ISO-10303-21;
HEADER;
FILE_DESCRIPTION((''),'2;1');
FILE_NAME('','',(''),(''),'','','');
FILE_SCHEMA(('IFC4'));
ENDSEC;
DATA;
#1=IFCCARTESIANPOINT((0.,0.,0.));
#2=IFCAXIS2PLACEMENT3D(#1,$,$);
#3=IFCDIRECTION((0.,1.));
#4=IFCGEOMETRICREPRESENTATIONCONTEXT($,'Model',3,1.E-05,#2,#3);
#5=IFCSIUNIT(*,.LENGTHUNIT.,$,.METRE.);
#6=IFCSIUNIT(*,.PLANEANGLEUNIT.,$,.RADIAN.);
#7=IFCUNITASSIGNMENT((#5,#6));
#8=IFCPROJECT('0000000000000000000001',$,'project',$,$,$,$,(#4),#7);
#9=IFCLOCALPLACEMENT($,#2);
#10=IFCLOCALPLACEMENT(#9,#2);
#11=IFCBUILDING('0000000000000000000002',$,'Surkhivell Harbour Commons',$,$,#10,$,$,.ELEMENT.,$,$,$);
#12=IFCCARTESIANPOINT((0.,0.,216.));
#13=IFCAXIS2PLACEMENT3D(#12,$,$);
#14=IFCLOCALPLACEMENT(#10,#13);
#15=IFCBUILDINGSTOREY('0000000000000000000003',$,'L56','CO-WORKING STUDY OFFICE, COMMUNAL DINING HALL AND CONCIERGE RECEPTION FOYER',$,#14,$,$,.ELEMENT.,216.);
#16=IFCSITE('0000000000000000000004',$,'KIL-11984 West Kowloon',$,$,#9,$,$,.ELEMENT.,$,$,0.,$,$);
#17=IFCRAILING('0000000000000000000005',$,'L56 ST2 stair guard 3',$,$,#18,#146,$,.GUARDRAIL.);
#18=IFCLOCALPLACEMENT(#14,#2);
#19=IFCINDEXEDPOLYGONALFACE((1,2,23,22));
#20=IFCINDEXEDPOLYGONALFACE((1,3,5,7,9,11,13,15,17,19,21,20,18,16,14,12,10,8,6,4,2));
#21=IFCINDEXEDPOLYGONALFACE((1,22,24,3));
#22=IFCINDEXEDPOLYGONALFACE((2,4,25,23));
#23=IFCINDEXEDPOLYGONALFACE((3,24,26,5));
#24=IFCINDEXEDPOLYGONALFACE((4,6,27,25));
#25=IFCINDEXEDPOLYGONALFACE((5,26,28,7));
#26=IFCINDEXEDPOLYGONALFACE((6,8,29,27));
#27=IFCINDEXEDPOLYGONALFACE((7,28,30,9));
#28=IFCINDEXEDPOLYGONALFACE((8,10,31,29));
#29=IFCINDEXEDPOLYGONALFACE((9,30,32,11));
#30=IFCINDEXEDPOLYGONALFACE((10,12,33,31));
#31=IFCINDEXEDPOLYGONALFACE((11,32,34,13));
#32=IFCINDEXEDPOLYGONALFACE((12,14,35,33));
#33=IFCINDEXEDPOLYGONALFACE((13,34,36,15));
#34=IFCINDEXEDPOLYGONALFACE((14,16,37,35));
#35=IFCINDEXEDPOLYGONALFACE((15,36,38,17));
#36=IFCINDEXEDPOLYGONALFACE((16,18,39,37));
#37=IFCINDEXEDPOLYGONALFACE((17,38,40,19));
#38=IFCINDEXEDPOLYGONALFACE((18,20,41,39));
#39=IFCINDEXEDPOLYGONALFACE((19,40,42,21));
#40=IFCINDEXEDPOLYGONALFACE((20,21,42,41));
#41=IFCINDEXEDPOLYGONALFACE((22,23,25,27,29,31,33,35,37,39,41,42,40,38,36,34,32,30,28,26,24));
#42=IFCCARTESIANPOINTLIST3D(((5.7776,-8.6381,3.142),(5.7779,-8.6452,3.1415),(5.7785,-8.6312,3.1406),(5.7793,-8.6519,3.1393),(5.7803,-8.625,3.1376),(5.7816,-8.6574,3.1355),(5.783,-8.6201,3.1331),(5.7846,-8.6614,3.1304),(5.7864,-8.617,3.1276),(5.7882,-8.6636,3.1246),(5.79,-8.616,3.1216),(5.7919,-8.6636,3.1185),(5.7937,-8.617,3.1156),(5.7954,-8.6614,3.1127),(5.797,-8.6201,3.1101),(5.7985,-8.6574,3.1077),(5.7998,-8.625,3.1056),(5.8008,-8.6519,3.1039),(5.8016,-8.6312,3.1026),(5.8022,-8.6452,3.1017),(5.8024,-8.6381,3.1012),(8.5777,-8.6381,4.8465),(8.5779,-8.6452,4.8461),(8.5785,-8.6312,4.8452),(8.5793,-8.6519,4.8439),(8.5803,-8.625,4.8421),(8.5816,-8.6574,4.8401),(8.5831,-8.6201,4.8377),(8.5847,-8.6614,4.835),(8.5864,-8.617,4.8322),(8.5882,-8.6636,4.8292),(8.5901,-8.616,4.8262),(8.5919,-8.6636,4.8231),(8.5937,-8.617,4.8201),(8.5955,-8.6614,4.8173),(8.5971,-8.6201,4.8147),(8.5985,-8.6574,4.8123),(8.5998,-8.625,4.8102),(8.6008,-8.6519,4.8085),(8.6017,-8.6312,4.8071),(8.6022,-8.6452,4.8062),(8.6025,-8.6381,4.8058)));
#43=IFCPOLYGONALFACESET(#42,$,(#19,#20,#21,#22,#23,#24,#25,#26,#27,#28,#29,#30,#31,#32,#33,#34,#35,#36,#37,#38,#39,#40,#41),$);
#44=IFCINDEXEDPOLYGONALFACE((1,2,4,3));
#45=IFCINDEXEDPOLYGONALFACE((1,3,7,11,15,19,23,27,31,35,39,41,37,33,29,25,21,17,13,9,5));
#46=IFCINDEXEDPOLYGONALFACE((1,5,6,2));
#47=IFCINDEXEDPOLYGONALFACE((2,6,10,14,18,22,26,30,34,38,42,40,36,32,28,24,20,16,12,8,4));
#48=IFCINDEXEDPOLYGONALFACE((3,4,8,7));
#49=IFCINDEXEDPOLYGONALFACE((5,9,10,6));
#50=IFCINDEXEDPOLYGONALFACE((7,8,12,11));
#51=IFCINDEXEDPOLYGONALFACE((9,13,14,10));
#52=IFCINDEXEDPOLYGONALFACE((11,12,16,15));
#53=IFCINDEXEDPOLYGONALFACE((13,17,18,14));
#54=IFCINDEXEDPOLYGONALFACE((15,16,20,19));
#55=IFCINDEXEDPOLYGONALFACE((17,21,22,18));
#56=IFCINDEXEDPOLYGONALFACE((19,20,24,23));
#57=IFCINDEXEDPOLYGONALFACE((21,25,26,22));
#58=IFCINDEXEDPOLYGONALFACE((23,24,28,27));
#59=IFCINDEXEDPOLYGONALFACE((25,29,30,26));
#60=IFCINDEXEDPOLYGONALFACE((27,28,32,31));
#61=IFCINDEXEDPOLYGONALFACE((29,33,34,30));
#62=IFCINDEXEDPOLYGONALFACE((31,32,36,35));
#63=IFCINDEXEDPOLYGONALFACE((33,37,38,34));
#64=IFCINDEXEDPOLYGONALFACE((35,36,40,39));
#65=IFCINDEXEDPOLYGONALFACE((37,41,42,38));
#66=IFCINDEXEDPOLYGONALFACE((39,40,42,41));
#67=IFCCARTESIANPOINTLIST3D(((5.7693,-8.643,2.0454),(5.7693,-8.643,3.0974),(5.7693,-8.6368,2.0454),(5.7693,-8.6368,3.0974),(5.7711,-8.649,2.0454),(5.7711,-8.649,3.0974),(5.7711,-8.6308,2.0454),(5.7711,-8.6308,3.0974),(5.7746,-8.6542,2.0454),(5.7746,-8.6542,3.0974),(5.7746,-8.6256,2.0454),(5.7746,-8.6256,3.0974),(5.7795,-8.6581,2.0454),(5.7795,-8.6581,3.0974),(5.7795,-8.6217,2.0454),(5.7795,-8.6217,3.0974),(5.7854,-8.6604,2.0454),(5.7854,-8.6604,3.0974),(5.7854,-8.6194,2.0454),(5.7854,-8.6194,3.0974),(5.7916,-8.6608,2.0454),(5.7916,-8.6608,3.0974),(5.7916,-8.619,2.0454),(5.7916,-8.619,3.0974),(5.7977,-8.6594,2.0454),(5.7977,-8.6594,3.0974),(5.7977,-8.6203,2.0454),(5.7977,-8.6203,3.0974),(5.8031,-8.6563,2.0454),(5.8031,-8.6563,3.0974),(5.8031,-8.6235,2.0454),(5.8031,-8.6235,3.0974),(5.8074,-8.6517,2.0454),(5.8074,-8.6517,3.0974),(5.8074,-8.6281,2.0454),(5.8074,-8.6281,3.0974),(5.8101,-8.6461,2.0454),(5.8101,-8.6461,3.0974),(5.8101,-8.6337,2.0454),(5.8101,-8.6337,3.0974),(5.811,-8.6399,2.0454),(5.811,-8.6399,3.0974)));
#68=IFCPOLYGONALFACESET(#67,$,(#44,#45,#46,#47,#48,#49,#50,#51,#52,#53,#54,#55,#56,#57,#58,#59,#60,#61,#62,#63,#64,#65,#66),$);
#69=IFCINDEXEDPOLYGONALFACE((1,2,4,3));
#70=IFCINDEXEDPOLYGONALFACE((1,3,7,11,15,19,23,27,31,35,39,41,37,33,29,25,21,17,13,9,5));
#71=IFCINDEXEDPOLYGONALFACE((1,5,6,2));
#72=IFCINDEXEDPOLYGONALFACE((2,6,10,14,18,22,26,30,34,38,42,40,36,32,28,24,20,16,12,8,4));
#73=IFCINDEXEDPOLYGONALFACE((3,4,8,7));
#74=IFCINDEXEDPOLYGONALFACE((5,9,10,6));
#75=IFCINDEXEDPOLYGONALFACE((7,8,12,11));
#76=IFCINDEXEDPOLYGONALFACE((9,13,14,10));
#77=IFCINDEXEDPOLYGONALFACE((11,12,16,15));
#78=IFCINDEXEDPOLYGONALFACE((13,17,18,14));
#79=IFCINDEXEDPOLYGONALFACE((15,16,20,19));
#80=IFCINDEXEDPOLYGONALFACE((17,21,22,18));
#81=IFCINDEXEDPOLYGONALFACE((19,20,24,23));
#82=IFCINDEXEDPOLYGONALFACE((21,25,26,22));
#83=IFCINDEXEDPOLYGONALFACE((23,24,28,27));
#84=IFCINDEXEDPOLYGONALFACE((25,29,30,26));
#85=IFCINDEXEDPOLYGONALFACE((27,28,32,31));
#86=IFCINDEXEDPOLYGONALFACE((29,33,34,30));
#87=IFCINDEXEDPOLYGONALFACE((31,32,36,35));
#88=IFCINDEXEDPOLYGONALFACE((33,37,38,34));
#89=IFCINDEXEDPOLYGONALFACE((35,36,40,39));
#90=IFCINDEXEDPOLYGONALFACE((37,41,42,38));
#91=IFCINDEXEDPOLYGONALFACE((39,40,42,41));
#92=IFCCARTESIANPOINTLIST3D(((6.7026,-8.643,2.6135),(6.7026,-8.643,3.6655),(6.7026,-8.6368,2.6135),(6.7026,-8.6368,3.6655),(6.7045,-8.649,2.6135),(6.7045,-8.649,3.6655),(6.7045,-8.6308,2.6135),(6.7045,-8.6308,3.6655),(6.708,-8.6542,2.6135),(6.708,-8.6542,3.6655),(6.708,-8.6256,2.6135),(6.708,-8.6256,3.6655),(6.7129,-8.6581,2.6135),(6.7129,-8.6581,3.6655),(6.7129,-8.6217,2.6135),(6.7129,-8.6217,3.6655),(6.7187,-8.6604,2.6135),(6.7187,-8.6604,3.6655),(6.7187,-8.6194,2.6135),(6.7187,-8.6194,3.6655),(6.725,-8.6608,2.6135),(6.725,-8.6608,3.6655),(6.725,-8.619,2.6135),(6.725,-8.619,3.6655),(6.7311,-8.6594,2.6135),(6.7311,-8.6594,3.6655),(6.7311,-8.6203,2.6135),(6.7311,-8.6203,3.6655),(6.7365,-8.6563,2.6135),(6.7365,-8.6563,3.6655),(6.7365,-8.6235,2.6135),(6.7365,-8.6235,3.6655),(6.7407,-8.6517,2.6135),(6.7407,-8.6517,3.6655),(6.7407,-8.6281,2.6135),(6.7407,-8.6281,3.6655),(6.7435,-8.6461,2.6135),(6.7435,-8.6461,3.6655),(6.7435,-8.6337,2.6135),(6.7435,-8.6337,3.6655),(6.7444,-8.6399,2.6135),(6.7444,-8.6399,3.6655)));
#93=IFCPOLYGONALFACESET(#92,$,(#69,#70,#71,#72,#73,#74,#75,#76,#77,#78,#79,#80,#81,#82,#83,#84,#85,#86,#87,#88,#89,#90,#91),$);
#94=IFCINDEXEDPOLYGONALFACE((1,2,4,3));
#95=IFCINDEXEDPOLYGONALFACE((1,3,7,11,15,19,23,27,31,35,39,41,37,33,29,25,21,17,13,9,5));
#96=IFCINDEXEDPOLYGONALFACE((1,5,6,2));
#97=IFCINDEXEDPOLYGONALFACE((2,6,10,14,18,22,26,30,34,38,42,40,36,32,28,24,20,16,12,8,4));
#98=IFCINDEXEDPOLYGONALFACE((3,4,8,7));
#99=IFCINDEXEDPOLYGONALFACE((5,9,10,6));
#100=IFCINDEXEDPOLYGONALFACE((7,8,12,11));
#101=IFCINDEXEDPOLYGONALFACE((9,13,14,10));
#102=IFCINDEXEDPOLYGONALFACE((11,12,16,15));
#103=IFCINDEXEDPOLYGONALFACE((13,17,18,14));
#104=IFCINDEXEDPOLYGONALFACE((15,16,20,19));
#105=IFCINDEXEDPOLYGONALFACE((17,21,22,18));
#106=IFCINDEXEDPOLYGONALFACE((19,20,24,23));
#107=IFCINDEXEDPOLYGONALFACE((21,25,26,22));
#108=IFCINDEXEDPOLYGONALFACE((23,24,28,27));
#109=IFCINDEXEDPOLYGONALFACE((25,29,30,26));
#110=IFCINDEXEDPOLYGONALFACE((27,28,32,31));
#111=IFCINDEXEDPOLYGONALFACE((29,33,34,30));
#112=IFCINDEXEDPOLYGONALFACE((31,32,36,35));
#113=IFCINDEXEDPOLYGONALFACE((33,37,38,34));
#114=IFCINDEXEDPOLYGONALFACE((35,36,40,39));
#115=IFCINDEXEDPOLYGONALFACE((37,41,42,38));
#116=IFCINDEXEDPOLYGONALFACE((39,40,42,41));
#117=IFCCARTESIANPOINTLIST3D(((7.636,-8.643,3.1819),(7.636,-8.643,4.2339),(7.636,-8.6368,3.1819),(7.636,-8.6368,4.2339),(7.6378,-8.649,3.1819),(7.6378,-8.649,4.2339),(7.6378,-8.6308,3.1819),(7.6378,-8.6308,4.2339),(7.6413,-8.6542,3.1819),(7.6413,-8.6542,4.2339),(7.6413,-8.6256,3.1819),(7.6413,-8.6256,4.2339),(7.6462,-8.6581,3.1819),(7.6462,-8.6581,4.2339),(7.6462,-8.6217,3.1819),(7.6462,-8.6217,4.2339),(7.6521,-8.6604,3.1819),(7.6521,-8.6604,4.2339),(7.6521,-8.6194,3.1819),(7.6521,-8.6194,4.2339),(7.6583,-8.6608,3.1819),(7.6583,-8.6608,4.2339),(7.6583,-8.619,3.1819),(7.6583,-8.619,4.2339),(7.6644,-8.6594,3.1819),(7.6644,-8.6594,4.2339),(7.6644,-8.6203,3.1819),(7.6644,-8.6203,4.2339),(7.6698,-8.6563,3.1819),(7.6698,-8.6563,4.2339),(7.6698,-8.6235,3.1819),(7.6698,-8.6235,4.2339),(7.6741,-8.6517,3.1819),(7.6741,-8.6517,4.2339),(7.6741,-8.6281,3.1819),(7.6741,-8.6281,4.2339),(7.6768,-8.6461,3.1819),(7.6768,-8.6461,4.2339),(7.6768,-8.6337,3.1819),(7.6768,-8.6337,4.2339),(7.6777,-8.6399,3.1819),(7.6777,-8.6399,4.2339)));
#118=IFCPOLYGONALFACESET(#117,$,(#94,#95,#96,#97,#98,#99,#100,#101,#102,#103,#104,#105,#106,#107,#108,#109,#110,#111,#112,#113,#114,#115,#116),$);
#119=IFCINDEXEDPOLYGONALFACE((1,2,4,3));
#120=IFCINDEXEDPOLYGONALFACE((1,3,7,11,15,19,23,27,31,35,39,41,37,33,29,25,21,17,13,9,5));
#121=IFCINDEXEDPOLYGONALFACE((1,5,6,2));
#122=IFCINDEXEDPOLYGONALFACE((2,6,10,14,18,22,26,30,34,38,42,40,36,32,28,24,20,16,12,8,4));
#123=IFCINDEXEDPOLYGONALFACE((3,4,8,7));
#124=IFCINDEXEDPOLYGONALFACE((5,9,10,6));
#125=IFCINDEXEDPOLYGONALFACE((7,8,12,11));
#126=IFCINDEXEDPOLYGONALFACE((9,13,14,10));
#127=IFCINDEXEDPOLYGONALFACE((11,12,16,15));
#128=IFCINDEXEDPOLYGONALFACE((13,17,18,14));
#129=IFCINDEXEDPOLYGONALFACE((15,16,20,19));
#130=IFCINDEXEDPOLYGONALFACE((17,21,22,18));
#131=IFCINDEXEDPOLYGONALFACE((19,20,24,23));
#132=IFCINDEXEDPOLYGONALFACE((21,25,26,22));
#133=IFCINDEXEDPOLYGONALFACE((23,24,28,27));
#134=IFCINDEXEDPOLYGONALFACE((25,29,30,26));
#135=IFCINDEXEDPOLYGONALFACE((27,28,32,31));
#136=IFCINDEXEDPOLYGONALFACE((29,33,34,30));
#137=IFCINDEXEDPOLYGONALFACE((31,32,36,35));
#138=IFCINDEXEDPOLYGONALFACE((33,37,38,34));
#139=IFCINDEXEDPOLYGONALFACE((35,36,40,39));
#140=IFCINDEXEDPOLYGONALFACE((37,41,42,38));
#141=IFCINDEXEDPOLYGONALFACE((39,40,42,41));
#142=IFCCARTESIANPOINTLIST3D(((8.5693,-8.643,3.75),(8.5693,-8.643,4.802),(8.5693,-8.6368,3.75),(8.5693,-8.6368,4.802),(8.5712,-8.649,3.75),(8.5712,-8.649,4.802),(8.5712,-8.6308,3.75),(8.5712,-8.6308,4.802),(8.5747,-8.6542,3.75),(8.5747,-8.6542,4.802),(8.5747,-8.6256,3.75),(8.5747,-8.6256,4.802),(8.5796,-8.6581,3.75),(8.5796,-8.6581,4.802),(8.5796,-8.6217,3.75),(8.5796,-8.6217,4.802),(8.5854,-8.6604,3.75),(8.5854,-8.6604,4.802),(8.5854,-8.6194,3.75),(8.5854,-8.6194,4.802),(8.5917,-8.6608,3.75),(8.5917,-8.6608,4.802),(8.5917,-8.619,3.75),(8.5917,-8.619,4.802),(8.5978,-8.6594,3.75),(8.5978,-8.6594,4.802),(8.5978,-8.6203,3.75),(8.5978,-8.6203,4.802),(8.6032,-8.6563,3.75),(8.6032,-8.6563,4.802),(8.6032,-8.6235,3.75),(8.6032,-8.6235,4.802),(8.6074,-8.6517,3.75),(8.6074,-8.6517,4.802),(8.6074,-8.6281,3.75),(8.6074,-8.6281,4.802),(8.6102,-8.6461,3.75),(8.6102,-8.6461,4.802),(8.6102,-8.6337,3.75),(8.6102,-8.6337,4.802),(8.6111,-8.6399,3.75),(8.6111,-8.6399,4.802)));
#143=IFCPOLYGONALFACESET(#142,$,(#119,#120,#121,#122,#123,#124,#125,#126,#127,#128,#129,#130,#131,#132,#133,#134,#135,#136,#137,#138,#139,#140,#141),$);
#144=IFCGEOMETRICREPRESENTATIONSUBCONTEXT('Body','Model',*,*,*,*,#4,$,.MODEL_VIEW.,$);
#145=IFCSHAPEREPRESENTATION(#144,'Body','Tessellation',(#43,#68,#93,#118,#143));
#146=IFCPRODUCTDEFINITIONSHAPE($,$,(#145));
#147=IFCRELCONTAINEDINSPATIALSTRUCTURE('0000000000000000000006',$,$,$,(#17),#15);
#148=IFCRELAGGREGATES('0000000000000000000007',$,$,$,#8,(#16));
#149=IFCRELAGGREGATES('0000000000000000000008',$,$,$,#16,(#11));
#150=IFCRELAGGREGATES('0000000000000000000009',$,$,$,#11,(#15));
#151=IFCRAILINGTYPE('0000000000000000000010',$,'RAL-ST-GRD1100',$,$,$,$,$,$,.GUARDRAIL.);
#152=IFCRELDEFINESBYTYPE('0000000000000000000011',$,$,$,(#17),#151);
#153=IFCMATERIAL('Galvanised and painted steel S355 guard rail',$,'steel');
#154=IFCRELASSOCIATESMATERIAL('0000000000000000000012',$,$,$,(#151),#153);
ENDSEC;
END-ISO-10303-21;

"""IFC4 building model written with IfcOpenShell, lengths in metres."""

from ifc_helpers import new_model, si_unit, direction, frame, origin, origin_2d, place, context, subcontext, project, spatial, circle, extrude, material, type_object, element, save


model = new_model("IFC4")

# Units and contexts
model_context = context("Model", 3, precision=1e-05, world=origin(), true_north=direction((0.0, 1.0)))
body_context = subcontext(model_context, "Body", "Model", "MODEL_VIEW")
ifc_project = project(units=[si_unit("LENGTHUNIT", "METRE"), si_unit("PLANEANGLEUNIT", "RADIAN")], contexts=[model_context])

# Site, building, storey
site_placement = place(None, origin())
site = spatial("IfcSite", under=ifc_project, at=site_placement, Name="KIL-11984 West Kowloon", CompositionType="ELEMENT", RefElevation=0.0)
building_placement = place(site_placement, origin())
building = spatial("IfcBuilding", under=site, at=building_placement, Name="Surkhivell Harbour Commons", CompositionType="ELEMENT")
storey_placement = place(building_placement, frame((0.0, 0.0, 216.0)))
storey = spatial("IfcBuildingStorey", under=building, at=storey_placement, Name="L56", Description="CO-WORKING STUDY OFFICE, COMMUNAL DINING HALL AND CONCIERGE RECEPTION FOYER", CompositionType="ELEMENT", Elevation=216.0)

# Railing
ifc_material_1 = material(Name="Galvanised and painted steel S355 guard rail", Category="steel")
railing_type = type_object("IfcRailingType", Name="RAL-ST-GRD1100", PredefinedType="GUARDRAIL", material=ifc_material_1)
railing_placement = place(storey_placement, frame((5.79, -8.6399, 2.0454)))
element("IfcRailing", 1, at=railing_placement, inside=storey, type_object=railing_type, Name="L56 ST2 stair guard 3", PredefinedType="GUARDRAIL", context=body_context, shape_type="SweptSolid", body=[
    extrude(circle(Radius=0.0239, at=origin_2d()), frame((0.0, 0.0, 1.0762), z_axis=(0.85417, 0.0, 0.519994), x_axis=(0.0, 1.0, 0.0)), (0.0, 0.0, 1.0), 3.2781),
    extrude(circle(Radius=0.021, at=origin_2d()), origin(), (0.0, 0.0, 1.0), 1.052),
    extrude(circle(Radius=0.021, at=origin_2d()), frame((0.9333, 0.0, 0.5681)), (0.0, 0.0, 1.0), 1.052),
    extrude(circle(Radius=0.021, at=origin_2d()), frame((1.8667, 0.0, 1.1365)), (0.0, 0.0, 1.0), 1.052),
    extrude(circle(Radius=0.021, at=origin_2d()), frame((2.8, 0.0, 1.7046)), (0.0, 0.0, 1.0), 1.052),
])

save(model, "model.ifc")
